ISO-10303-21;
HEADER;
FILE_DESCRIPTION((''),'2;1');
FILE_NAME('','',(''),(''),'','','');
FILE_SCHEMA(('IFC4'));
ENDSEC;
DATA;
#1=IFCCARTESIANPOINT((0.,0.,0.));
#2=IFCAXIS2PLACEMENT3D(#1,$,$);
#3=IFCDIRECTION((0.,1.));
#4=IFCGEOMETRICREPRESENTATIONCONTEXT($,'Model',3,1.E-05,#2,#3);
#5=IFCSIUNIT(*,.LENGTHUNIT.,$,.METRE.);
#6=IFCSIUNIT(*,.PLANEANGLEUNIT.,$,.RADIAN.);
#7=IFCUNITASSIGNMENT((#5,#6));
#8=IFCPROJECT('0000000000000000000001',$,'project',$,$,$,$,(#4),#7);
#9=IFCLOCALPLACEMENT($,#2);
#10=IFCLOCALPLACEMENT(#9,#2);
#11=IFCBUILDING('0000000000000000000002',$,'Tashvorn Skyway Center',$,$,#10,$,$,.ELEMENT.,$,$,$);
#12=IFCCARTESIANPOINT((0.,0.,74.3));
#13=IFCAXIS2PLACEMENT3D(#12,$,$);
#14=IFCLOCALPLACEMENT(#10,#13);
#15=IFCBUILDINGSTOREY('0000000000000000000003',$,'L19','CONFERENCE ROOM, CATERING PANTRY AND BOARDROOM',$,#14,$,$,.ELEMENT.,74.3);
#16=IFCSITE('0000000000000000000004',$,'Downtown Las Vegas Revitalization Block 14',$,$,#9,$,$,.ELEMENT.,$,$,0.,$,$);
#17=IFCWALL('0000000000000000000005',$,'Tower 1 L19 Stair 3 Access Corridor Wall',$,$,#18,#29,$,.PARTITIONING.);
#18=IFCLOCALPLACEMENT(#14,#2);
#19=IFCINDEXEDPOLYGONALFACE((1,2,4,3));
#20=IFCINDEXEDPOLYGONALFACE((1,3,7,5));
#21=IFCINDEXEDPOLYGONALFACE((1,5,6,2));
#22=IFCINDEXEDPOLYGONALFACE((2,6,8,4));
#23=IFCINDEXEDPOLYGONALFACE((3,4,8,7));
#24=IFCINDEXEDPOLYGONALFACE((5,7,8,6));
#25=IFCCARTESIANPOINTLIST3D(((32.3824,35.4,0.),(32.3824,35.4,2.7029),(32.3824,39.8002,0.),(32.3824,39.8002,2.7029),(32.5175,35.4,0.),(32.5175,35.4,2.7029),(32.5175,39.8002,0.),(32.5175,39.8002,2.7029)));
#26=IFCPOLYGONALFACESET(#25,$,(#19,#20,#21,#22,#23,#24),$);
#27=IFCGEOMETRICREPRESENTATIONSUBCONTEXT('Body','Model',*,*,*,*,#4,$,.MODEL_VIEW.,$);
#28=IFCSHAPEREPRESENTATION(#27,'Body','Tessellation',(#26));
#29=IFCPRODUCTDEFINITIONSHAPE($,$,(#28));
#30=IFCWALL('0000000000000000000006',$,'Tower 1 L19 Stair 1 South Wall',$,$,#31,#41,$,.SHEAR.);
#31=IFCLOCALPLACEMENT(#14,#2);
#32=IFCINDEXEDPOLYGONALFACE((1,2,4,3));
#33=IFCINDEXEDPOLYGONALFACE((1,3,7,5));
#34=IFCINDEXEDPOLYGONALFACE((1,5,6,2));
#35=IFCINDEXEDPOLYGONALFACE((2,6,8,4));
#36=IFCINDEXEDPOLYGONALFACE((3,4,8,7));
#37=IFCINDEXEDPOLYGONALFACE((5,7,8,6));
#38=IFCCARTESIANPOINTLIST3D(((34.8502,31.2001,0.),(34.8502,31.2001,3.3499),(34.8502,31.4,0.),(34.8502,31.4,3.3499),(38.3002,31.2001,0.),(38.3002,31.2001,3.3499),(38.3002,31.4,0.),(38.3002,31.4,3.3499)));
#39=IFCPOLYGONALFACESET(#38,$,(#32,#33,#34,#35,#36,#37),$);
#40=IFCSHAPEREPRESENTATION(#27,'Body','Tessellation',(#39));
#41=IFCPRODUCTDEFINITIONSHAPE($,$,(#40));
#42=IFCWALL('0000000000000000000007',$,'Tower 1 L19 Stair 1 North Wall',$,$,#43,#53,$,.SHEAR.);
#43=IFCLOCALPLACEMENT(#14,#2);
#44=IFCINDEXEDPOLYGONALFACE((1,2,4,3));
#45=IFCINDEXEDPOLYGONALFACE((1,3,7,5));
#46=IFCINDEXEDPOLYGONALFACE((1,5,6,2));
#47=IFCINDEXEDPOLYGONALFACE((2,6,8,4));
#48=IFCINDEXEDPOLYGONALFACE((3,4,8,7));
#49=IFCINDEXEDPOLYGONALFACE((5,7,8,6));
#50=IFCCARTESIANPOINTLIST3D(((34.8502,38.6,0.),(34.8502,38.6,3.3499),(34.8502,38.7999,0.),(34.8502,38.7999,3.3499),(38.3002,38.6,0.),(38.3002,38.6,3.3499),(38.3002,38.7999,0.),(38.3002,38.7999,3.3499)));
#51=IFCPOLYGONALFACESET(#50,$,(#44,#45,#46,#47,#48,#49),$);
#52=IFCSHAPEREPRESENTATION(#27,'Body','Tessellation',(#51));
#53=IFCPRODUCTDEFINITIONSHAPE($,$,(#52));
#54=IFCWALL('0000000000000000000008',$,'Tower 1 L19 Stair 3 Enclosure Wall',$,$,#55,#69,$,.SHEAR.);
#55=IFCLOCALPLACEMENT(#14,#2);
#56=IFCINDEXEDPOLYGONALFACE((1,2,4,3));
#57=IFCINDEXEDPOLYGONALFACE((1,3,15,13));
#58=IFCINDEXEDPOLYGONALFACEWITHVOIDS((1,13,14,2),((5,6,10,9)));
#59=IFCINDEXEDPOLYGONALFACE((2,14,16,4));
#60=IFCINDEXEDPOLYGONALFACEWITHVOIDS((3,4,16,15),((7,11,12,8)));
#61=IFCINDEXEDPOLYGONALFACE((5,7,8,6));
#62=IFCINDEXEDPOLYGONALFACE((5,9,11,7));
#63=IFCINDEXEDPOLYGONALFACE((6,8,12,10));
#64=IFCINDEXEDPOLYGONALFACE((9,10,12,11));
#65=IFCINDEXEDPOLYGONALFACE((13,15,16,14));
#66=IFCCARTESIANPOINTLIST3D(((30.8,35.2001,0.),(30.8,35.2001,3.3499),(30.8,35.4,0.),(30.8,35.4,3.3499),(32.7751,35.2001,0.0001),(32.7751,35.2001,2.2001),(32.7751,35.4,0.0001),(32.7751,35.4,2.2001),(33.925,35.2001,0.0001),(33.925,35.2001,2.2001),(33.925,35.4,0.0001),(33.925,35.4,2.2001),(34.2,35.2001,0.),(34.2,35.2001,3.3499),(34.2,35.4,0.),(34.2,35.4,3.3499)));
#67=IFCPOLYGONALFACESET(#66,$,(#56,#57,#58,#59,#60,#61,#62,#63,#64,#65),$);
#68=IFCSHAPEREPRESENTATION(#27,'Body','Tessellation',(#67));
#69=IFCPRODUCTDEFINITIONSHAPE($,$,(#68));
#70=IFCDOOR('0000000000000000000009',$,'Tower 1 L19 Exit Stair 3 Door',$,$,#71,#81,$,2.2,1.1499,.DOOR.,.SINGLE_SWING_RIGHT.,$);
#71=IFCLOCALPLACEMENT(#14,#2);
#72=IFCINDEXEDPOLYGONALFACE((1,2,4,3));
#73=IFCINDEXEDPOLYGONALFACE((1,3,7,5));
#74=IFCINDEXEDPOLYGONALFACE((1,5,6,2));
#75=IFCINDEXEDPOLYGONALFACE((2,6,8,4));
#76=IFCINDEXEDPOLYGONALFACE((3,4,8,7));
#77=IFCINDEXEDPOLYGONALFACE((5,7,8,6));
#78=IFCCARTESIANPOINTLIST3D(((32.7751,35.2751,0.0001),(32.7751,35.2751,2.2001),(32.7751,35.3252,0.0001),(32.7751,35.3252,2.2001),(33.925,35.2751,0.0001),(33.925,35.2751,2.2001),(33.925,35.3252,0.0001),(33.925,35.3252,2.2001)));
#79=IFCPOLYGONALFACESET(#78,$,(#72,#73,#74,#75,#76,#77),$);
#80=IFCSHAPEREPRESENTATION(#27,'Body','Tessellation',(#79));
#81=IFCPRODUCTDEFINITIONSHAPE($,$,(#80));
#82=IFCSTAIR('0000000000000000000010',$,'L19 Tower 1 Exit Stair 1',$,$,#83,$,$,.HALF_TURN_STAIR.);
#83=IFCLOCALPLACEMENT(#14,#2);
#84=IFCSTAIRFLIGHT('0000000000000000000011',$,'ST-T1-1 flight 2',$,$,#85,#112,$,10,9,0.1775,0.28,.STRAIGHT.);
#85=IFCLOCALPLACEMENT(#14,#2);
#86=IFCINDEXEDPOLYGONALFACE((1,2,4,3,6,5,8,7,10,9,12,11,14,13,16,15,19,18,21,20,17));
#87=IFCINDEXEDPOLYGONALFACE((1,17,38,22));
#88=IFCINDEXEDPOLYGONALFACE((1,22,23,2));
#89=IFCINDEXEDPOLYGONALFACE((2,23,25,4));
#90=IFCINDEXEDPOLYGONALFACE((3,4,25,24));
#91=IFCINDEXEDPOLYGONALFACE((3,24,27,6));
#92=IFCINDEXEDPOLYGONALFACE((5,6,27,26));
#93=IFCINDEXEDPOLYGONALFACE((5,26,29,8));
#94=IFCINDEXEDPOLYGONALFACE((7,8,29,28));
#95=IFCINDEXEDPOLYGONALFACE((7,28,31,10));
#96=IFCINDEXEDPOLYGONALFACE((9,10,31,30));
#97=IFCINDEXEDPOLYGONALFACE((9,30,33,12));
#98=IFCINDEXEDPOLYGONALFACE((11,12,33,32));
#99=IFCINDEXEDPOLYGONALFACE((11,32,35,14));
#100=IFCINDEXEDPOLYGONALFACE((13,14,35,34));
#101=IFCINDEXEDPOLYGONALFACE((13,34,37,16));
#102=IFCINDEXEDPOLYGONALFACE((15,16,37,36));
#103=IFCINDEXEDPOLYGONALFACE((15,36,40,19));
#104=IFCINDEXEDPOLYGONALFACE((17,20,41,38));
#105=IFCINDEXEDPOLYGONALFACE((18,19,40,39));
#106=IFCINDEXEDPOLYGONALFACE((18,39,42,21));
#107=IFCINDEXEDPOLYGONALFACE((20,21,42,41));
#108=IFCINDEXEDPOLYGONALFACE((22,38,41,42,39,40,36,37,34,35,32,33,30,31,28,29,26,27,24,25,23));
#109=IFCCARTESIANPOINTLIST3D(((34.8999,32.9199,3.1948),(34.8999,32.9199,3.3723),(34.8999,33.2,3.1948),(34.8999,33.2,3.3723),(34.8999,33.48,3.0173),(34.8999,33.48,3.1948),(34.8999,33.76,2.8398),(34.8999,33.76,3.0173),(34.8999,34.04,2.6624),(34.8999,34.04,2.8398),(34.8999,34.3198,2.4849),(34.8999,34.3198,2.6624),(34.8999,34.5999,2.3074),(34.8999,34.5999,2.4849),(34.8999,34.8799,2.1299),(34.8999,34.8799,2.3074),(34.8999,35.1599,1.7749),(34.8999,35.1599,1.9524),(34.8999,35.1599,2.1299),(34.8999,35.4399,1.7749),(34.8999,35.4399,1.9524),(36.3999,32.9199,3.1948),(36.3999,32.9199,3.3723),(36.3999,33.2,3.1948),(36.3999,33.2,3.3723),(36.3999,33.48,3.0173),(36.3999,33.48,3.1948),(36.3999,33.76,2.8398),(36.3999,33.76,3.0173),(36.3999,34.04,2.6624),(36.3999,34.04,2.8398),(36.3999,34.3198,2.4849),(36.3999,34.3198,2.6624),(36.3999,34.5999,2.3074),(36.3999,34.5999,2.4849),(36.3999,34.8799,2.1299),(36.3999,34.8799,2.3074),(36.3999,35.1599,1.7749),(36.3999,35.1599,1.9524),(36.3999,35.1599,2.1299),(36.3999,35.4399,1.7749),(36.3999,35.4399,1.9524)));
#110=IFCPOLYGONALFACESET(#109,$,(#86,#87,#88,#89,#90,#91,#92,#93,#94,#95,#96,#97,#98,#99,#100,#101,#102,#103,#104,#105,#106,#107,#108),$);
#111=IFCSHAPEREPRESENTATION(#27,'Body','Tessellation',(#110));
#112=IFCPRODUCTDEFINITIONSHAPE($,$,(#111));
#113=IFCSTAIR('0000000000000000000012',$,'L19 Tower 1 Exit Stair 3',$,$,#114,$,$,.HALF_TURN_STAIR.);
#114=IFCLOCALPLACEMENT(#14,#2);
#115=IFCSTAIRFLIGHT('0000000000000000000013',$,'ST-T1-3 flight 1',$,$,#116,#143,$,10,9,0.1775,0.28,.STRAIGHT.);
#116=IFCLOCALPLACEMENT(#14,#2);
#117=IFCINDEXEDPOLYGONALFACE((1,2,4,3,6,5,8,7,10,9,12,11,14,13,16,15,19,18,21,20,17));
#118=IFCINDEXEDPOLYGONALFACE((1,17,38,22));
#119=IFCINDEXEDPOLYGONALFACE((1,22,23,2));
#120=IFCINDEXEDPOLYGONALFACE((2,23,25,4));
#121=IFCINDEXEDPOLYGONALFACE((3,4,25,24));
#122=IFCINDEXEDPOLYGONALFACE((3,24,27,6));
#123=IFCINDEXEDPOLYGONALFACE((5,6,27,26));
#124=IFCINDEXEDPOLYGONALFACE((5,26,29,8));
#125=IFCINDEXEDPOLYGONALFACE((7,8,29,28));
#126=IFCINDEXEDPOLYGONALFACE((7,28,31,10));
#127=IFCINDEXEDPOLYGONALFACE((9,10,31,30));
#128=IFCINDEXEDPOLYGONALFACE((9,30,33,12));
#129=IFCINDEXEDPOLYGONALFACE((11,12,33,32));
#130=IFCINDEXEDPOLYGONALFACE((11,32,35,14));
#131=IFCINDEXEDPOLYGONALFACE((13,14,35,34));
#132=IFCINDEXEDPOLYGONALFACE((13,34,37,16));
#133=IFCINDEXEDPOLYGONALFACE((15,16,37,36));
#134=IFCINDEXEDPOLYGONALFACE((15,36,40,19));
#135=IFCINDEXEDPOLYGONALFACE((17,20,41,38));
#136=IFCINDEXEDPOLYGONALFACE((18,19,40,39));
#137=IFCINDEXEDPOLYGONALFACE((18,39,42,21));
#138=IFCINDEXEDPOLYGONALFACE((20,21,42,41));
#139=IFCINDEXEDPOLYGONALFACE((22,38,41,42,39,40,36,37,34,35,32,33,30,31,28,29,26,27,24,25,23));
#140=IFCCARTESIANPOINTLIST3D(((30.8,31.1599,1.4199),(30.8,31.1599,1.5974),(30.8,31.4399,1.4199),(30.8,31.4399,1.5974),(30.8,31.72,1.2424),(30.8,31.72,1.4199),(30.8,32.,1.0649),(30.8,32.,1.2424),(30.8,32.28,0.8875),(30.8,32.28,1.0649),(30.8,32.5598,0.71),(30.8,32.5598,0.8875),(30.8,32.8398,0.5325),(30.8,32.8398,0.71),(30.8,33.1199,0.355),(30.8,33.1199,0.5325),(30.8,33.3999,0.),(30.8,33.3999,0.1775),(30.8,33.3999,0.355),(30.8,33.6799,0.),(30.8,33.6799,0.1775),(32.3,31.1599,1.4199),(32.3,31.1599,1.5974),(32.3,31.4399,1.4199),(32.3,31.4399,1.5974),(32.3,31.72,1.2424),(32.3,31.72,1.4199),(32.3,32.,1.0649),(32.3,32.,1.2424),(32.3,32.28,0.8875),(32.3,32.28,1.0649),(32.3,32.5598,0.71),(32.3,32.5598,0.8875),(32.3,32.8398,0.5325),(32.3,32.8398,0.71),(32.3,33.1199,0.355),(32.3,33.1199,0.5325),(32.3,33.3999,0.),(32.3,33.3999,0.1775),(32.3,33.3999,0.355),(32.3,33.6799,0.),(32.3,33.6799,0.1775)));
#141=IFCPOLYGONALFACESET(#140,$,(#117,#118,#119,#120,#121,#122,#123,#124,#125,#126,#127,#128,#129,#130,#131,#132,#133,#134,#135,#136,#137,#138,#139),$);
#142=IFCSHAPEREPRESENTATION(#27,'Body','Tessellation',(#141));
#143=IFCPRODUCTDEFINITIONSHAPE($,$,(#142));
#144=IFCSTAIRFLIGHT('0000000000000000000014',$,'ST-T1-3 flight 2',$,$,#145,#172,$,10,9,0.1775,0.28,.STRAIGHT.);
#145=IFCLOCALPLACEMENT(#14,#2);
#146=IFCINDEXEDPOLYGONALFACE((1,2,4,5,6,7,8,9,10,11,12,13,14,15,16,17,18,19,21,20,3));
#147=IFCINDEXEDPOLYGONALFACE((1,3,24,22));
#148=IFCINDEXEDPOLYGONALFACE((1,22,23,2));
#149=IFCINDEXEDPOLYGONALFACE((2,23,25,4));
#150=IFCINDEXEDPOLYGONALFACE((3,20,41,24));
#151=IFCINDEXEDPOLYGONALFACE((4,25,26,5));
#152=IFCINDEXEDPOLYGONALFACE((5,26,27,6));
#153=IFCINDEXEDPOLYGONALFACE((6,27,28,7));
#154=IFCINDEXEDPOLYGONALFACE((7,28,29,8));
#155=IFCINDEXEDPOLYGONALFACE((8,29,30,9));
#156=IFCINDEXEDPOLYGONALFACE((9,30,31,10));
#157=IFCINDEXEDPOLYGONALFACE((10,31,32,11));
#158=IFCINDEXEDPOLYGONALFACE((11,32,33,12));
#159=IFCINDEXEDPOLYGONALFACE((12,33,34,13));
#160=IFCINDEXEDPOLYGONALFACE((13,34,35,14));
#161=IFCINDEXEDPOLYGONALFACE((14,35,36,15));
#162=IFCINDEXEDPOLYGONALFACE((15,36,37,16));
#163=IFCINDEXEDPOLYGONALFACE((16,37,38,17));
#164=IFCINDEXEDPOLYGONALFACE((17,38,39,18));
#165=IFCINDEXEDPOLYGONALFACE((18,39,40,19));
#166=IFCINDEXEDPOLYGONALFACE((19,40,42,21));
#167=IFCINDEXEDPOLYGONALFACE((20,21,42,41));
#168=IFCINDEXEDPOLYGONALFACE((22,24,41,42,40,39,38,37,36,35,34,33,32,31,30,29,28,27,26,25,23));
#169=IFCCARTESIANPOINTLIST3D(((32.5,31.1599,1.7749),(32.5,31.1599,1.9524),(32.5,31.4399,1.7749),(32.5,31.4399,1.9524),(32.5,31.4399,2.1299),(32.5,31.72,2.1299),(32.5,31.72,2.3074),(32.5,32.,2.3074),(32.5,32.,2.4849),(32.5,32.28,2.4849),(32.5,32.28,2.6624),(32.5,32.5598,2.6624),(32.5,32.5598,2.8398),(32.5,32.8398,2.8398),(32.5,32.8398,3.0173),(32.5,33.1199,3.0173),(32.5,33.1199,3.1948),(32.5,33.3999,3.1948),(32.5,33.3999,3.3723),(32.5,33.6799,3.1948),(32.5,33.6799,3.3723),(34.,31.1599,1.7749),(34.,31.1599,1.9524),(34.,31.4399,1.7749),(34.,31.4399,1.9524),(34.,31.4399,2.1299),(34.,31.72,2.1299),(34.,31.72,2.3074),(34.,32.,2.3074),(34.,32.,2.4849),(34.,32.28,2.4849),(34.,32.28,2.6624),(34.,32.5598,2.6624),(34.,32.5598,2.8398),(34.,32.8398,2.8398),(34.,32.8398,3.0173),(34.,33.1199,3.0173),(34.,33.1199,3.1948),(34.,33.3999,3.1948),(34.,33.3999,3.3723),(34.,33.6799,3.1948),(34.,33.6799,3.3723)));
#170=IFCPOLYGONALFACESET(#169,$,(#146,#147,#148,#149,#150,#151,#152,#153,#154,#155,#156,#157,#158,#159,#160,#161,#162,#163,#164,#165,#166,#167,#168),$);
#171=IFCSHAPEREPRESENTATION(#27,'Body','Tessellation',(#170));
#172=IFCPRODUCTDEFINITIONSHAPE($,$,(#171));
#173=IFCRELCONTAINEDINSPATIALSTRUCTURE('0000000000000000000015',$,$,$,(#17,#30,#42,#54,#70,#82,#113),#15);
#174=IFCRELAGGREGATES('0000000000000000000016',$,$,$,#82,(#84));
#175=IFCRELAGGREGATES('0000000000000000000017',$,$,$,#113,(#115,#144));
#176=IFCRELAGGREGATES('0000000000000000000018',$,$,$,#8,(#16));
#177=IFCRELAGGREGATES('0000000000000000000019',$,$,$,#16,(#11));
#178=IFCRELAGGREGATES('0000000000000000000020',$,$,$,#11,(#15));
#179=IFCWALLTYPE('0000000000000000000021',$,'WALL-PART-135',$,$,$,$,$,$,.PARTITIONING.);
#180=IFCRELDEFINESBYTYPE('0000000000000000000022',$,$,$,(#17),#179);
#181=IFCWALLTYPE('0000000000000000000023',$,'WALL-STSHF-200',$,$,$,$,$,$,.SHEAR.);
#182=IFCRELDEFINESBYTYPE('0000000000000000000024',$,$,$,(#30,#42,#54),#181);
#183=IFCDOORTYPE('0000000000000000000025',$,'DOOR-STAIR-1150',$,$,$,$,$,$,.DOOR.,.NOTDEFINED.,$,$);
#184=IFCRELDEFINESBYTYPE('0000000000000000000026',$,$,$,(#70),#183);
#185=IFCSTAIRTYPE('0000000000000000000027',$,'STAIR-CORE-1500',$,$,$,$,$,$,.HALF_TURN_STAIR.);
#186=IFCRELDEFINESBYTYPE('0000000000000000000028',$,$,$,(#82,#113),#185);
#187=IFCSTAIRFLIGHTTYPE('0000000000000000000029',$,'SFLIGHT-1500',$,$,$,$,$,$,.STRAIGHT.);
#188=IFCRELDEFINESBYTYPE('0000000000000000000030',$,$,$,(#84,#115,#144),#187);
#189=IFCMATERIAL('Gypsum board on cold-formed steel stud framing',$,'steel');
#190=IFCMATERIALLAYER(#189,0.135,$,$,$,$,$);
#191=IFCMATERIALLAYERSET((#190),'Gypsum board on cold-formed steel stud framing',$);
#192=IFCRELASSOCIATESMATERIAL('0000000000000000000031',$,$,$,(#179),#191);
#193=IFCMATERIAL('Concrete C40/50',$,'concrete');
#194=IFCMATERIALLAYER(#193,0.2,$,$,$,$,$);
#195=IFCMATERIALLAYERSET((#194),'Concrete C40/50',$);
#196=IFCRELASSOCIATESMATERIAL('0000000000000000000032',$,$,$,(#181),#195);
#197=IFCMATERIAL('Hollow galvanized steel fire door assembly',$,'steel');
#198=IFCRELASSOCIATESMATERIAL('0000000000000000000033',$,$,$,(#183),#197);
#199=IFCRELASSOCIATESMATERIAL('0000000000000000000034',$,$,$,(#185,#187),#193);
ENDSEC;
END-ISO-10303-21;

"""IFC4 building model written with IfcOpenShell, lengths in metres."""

from ifc_helpers import new_model, si_unit, direction, frame, frame_2d, origin, place, context, subcontext, project, spatial, polyline, rectangle, outline, extrude, material, layer, layer_set, type_object, element, fill, aggregate, save


model = new_model("IFC4")

# Units and contexts
model_context = context("Model", 3, precision=1e-05, world=origin(), true_north=direction((0.0, 1.0)))
body_context = subcontext(model_context, "Body", "Model", "MODEL_VIEW")
ifc_project = project(units=[si_unit("LENGTHUNIT", "METRE"), si_unit("PLANEANGLEUNIT", "RADIAN")], contexts=[model_context])

# Site, building, storey
site_placement = place(None, origin())
site = spatial("IfcSite", under=ifc_project, at=site_placement, Name="Downtown Las Vegas Revitalization Block 14", CompositionType="ELEMENT", RefElevation=0.0)
building_placement = place(site_placement, origin())
building = spatial("IfcBuilding", under=site, at=building_placement, Name="Tashvorn Skyway Center", CompositionType="ELEMENT")
storey_placement = place(building_placement, frame((0.0, 0.0, 74.3)))
storey = spatial("IfcBuildingStorey", under=building, at=storey_placement, Name="L19", Description="CONFERENCE ROOM, CATERING PANTRY AND BOARDROOM", CompositionType="ELEMENT", Elevation=74.3)

# Walls
ifc_material_1 = material(Name="Gypsum board on cold-formed steel stud framing", Category="steel")
ifc_layer_1 = layer(ifc_material_1, 0.135)
ifc_layer_set_1 = layer_set([ifc_layer_1], Name="Gypsum board on cold-formed steel stud framing")
wall_type_1 = type_object("IfcWallType", Name="WALL-PART-135", PredefinedType="PARTITIONING", material=ifc_layer_set_1)
wall_1_placement = place(storey_placement, frame((32.45, 35.3999, 0.0), z_axis=(0.0, 0.0, 1.0), x_axis=(0.0, 1.0, 0.0)))
element("IfcWall", 1, at=wall_1_placement, inside=storey, type_object=wall_type_1, Name="Tower 1 L19 Stair 3 Access Corridor Wall", PredefinedType="PARTITIONING", context=body_context, shape_type="SweptSolid", body=[
    extrude(rectangle(XDim=4.4001, YDim=0.135, at=frame_2d((2.2002, 0.0))), origin(), (0.0, 0.0, 1.0), 2.7029),
])
ifc_material_2 = material(Name="Concrete C40/50", Category="concrete")
ifc_layer_2 = layer(ifc_material_2, 0.2)
ifc_layer_set_2 = layer_set([ifc_layer_2], Name="Concrete C40/50")
wall_type_2 = type_object("IfcWallType", Name="WALL-STSHF-200", PredefinedType="SHEAR", material=ifc_layer_set_2)
for number, where, z_axis, x_axis, name in (
    (2, (34.8501, 31.3, 0.0), (0.0, 0.0, 1.0), (1.0, 0.0, 0.0), "Tower 1 L19 Stair 1 South Wall"),
    (3, (34.8501, 38.7, 0.0), (0.0, 0.0, 1.0), (1.0, 0.0, 0.0), "Tower 1 L19 Stair 1 North Wall"),
):
    element("IfcWall", number, at=place(storey_placement, frame(where, z_axis=z_axis, x_axis=x_axis)), inside=storey, type_object=wall_type_2, Name=name, PredefinedType="SHEAR", context=body_context, shape_type="SweptSolid", body=[
        extrude(rectangle(XDim=3.45, YDim=0.2, at=frame_2d((1.7251, 0.0))), origin(), (0.0, 0.0, 1.0), 3.3499),
    ])

# Wall, opening, door
wall_2_placement = place(storey_placement, frame((34.2, 35.3, 0.0), z_axis=(0.0, 0.0, 1.0), x_axis=(-1.0, 0.0, 0.0)))
wall_2 = element("IfcWall", 4, at=wall_2_placement, inside=storey, type_object=wall_type_2, Name="Tower 1 L19 Stair 3 Enclosure Wall", PredefinedType="SHEAR", context=body_context, shape_type="SweptSolid", body=[
    extrude(rectangle(XDim=3.3999, YDim=0.2, at=frame_2d((1.7, 0.0))), origin(), (0.0, 0.0, 1.0), 3.3499),
])
opening_placement = place(wall_2_placement, frame((0.2749, 0.0, 0.0)))
opening = element("IfcOpeningElement", 5, at=opening_placement, cuts=wall_2, PredefinedType="OPENING", context=body_context, shape_type="SweptSolid", body=[
    extrude(rectangle(XDim=1.1499, YDim=2.2, at=frame_2d((0.575, 1.1001))), frame((0.0, 0.1099, 0.0), z_axis=(0.0, -1.0, 0.0), x_axis=(1.0, 0.0, 0.0)), (0.0, 0.0, 1.0), 0.22),
])
ifc_material_3 = material(Name="Hollow galvanized steel fire door assembly", Category="steel")
door_type = type_object("IfcDoorType", Name="DOOR-STAIR-1150", OperationType="NOTDEFINED", PredefinedType="DOOR", material=ifc_material_3)
door_placement = place(opening_placement, origin())
door = element("IfcDoor", 6, at=door_placement, inside=storey, type_object=door_type, Name="Tower 1 L19 Exit Stair 3 Door", OperationType="SINGLE_SWING_RIGHT", OverallHeight=2.2, OverallWidth=1.1499, PredefinedType="DOOR", context=body_context, shape_type="SweptSolid", body=[
    extrude(rectangle(XDim=1.1499, YDim=2.2, at=frame_2d((0.575, 1.1001))), frame((0.0, 0.0249, 0.0), z_axis=(0.0, -1.0, 0.0), x_axis=(1.0, 0.0, 0.0)), (0.0, 0.0, 1.0), 0.05),
])
fill(opening, door)

# Stair, stair flight
stair_type = type_object("IfcStairType", Name="STAIR-CORE-1500", PredefinedType="HALF_TURN_STAIR", material=ifc_material_2)
stair_1_placement = place(storey_placement, origin())
stair_1 = element("IfcStair", 7, at=stair_1_placement, inside=storey, type_object=stair_type, Name="L19 Tower 1 Exit Stair 1", PredefinedType="HALF_TURN_STAIR")
stair_flight_type = type_object("IfcStairFlightType", Name="SFLIGHT-1500", PredefinedType="STRAIGHT", material=ifc_material_2)
stair_flight_1_placement = place(storey_placement, frame((35.6499, 35.4399, 1.7749), z_axis=(0.0, 0.0, 1.0), x_axis=(0.0, -1.0, 0.0)))
stair_flight_1 = element("IfcStairFlight", 8, at=stair_flight_1_placement, type_object=stair_flight_type, Name="ST-T1-1 flight 2", NumberOfRisers=10, NumberOfTreads=9, PredefinedType="STRAIGHT", RiserHeight=0.1775, TreadLength=0.28, context=body_context, shape_type="SweptSolid", body=[
    extrude(outline(polyline([(0.0, 0.0), (0.0, 0.1775), (0.28, 0.1775), (0.28, 0.355), (0.5601, 0.355), (0.5601, 0.5325), (0.8401, 0.5325), (0.8401, 0.71), (1.1201, 0.71), (1.1201, 0.8875), (1.3999, 0.8875), (1.3999, 1.0649), (1.6799, 1.0649), (1.6799, 1.2424), (1.96, 1.2424), (1.96, 1.4199), (2.24, 1.4199), (2.24, 1.5974), (2.52, 1.5974), (2.52, 1.7749), (2.52, 1.4199), (0.28, 0.0), (0.0, 0.0)])), frame((0.0, 0.75, 0.0), z_axis=(0.0, -1.0, 0.0), x_axis=(1.0, 0.0, 0.0)), (0.0, 0.0, 1.0), 1.5),
])
aggregate(stair_1, [stair_flight_1])

# Stair, stair flights
stair_2_placement = place(storey_placement, origin())
stair_2 = element("IfcStair", 9, at=stair_2_placement, inside=storey, type_object=stair_type, Name="L19 Tower 1 Exit Stair 3", PredefinedType="HALF_TURN_STAIR")
stair_flight_2_placement = place(storey_placement, frame((31.55, 33.6799, 0.0), z_axis=(0.0, 0.0, 1.0), x_axis=(0.0, -1.0, 0.0)))
stair_flight_2 = element("IfcStairFlight", 10, at=stair_flight_2_placement, type_object=stair_flight_type, Name="ST-T1-3 flight 1", NumberOfRisers=10, NumberOfTreads=9, PredefinedType="STRAIGHT", RiserHeight=0.1775, TreadLength=0.28, context=body_context, shape_type="SweptSolid", body=[
    extrude(outline(polyline([(0.0, 0.0), (0.0, 0.1775), (0.28, 0.1775), (0.28, 0.355), (0.5601, 0.355), (0.5601, 0.5325), (0.8401, 0.5325), (0.8401, 0.71), (1.1201, 0.71), (1.1201, 0.8875), (1.3999, 0.8875), (1.3999, 1.0649), (1.6799, 1.0649), (1.6799, 1.2424), (1.96, 1.2424), (1.96, 1.4199), (2.24, 1.4199), (2.24, 1.5974), (2.52, 1.5974), (2.52, 1.7749), (2.52, 1.4199), (0.28, 0.0), (0.0, 0.0)])), frame((0.0, 0.75, 0.0), z_axis=(0.0, -1.0, 0.0), x_axis=(1.0, 0.0, 0.0)), (0.0, 0.0, 1.0), 1.5),
])
stair_flight_3_placement = place(storey_placement, frame((33.25, 31.1599, 1.7749), z_axis=(0.0, 0.0, 1.0), x_axis=(0.0, 1.0, 0.0)))
stair_flight_3 = element("IfcStairFlight", 11, at=stair_flight_3_placement, type_object=stair_flight_type, Name="ST-T1-3 flight 2", NumberOfRisers=10, NumberOfTreads=9, PredefinedType="STRAIGHT", RiserHeight=0.1775, TreadLength=0.28, context=body_context, shape_type="SweptSolid", body=[
    extrude(outline(polyline([(0.0, 0.0), (0.0, 0.1775), (0.28, 0.1775), (0.28, 0.355), (0.5601, 0.355), (0.5601, 0.5325), (0.8401, 0.5325), (0.8401, 0.71), (1.1201, 0.71), (1.1201, 0.8875), (1.3999, 0.8875), (1.3999, 1.0649), (1.6799, 1.0649), (1.6799, 1.2424), (1.96, 1.2424), (1.96, 1.4199), (2.24, 1.4199), (2.24, 1.5974), (2.52, 1.5974), (2.52, 1.7749), (2.52, 1.4199), (0.28, 0.0), (0.0, 0.0)])), frame((0.0, 0.75, 0.0), z_axis=(0.0, -1.0, 0.0), x_axis=(1.0, 0.0, 0.0)), (0.0, 0.0, 1.0), 1.5),
])
aggregate(stair_2, [stair_flight_2, stair_flight_3])

save(model, "model.ifc")
